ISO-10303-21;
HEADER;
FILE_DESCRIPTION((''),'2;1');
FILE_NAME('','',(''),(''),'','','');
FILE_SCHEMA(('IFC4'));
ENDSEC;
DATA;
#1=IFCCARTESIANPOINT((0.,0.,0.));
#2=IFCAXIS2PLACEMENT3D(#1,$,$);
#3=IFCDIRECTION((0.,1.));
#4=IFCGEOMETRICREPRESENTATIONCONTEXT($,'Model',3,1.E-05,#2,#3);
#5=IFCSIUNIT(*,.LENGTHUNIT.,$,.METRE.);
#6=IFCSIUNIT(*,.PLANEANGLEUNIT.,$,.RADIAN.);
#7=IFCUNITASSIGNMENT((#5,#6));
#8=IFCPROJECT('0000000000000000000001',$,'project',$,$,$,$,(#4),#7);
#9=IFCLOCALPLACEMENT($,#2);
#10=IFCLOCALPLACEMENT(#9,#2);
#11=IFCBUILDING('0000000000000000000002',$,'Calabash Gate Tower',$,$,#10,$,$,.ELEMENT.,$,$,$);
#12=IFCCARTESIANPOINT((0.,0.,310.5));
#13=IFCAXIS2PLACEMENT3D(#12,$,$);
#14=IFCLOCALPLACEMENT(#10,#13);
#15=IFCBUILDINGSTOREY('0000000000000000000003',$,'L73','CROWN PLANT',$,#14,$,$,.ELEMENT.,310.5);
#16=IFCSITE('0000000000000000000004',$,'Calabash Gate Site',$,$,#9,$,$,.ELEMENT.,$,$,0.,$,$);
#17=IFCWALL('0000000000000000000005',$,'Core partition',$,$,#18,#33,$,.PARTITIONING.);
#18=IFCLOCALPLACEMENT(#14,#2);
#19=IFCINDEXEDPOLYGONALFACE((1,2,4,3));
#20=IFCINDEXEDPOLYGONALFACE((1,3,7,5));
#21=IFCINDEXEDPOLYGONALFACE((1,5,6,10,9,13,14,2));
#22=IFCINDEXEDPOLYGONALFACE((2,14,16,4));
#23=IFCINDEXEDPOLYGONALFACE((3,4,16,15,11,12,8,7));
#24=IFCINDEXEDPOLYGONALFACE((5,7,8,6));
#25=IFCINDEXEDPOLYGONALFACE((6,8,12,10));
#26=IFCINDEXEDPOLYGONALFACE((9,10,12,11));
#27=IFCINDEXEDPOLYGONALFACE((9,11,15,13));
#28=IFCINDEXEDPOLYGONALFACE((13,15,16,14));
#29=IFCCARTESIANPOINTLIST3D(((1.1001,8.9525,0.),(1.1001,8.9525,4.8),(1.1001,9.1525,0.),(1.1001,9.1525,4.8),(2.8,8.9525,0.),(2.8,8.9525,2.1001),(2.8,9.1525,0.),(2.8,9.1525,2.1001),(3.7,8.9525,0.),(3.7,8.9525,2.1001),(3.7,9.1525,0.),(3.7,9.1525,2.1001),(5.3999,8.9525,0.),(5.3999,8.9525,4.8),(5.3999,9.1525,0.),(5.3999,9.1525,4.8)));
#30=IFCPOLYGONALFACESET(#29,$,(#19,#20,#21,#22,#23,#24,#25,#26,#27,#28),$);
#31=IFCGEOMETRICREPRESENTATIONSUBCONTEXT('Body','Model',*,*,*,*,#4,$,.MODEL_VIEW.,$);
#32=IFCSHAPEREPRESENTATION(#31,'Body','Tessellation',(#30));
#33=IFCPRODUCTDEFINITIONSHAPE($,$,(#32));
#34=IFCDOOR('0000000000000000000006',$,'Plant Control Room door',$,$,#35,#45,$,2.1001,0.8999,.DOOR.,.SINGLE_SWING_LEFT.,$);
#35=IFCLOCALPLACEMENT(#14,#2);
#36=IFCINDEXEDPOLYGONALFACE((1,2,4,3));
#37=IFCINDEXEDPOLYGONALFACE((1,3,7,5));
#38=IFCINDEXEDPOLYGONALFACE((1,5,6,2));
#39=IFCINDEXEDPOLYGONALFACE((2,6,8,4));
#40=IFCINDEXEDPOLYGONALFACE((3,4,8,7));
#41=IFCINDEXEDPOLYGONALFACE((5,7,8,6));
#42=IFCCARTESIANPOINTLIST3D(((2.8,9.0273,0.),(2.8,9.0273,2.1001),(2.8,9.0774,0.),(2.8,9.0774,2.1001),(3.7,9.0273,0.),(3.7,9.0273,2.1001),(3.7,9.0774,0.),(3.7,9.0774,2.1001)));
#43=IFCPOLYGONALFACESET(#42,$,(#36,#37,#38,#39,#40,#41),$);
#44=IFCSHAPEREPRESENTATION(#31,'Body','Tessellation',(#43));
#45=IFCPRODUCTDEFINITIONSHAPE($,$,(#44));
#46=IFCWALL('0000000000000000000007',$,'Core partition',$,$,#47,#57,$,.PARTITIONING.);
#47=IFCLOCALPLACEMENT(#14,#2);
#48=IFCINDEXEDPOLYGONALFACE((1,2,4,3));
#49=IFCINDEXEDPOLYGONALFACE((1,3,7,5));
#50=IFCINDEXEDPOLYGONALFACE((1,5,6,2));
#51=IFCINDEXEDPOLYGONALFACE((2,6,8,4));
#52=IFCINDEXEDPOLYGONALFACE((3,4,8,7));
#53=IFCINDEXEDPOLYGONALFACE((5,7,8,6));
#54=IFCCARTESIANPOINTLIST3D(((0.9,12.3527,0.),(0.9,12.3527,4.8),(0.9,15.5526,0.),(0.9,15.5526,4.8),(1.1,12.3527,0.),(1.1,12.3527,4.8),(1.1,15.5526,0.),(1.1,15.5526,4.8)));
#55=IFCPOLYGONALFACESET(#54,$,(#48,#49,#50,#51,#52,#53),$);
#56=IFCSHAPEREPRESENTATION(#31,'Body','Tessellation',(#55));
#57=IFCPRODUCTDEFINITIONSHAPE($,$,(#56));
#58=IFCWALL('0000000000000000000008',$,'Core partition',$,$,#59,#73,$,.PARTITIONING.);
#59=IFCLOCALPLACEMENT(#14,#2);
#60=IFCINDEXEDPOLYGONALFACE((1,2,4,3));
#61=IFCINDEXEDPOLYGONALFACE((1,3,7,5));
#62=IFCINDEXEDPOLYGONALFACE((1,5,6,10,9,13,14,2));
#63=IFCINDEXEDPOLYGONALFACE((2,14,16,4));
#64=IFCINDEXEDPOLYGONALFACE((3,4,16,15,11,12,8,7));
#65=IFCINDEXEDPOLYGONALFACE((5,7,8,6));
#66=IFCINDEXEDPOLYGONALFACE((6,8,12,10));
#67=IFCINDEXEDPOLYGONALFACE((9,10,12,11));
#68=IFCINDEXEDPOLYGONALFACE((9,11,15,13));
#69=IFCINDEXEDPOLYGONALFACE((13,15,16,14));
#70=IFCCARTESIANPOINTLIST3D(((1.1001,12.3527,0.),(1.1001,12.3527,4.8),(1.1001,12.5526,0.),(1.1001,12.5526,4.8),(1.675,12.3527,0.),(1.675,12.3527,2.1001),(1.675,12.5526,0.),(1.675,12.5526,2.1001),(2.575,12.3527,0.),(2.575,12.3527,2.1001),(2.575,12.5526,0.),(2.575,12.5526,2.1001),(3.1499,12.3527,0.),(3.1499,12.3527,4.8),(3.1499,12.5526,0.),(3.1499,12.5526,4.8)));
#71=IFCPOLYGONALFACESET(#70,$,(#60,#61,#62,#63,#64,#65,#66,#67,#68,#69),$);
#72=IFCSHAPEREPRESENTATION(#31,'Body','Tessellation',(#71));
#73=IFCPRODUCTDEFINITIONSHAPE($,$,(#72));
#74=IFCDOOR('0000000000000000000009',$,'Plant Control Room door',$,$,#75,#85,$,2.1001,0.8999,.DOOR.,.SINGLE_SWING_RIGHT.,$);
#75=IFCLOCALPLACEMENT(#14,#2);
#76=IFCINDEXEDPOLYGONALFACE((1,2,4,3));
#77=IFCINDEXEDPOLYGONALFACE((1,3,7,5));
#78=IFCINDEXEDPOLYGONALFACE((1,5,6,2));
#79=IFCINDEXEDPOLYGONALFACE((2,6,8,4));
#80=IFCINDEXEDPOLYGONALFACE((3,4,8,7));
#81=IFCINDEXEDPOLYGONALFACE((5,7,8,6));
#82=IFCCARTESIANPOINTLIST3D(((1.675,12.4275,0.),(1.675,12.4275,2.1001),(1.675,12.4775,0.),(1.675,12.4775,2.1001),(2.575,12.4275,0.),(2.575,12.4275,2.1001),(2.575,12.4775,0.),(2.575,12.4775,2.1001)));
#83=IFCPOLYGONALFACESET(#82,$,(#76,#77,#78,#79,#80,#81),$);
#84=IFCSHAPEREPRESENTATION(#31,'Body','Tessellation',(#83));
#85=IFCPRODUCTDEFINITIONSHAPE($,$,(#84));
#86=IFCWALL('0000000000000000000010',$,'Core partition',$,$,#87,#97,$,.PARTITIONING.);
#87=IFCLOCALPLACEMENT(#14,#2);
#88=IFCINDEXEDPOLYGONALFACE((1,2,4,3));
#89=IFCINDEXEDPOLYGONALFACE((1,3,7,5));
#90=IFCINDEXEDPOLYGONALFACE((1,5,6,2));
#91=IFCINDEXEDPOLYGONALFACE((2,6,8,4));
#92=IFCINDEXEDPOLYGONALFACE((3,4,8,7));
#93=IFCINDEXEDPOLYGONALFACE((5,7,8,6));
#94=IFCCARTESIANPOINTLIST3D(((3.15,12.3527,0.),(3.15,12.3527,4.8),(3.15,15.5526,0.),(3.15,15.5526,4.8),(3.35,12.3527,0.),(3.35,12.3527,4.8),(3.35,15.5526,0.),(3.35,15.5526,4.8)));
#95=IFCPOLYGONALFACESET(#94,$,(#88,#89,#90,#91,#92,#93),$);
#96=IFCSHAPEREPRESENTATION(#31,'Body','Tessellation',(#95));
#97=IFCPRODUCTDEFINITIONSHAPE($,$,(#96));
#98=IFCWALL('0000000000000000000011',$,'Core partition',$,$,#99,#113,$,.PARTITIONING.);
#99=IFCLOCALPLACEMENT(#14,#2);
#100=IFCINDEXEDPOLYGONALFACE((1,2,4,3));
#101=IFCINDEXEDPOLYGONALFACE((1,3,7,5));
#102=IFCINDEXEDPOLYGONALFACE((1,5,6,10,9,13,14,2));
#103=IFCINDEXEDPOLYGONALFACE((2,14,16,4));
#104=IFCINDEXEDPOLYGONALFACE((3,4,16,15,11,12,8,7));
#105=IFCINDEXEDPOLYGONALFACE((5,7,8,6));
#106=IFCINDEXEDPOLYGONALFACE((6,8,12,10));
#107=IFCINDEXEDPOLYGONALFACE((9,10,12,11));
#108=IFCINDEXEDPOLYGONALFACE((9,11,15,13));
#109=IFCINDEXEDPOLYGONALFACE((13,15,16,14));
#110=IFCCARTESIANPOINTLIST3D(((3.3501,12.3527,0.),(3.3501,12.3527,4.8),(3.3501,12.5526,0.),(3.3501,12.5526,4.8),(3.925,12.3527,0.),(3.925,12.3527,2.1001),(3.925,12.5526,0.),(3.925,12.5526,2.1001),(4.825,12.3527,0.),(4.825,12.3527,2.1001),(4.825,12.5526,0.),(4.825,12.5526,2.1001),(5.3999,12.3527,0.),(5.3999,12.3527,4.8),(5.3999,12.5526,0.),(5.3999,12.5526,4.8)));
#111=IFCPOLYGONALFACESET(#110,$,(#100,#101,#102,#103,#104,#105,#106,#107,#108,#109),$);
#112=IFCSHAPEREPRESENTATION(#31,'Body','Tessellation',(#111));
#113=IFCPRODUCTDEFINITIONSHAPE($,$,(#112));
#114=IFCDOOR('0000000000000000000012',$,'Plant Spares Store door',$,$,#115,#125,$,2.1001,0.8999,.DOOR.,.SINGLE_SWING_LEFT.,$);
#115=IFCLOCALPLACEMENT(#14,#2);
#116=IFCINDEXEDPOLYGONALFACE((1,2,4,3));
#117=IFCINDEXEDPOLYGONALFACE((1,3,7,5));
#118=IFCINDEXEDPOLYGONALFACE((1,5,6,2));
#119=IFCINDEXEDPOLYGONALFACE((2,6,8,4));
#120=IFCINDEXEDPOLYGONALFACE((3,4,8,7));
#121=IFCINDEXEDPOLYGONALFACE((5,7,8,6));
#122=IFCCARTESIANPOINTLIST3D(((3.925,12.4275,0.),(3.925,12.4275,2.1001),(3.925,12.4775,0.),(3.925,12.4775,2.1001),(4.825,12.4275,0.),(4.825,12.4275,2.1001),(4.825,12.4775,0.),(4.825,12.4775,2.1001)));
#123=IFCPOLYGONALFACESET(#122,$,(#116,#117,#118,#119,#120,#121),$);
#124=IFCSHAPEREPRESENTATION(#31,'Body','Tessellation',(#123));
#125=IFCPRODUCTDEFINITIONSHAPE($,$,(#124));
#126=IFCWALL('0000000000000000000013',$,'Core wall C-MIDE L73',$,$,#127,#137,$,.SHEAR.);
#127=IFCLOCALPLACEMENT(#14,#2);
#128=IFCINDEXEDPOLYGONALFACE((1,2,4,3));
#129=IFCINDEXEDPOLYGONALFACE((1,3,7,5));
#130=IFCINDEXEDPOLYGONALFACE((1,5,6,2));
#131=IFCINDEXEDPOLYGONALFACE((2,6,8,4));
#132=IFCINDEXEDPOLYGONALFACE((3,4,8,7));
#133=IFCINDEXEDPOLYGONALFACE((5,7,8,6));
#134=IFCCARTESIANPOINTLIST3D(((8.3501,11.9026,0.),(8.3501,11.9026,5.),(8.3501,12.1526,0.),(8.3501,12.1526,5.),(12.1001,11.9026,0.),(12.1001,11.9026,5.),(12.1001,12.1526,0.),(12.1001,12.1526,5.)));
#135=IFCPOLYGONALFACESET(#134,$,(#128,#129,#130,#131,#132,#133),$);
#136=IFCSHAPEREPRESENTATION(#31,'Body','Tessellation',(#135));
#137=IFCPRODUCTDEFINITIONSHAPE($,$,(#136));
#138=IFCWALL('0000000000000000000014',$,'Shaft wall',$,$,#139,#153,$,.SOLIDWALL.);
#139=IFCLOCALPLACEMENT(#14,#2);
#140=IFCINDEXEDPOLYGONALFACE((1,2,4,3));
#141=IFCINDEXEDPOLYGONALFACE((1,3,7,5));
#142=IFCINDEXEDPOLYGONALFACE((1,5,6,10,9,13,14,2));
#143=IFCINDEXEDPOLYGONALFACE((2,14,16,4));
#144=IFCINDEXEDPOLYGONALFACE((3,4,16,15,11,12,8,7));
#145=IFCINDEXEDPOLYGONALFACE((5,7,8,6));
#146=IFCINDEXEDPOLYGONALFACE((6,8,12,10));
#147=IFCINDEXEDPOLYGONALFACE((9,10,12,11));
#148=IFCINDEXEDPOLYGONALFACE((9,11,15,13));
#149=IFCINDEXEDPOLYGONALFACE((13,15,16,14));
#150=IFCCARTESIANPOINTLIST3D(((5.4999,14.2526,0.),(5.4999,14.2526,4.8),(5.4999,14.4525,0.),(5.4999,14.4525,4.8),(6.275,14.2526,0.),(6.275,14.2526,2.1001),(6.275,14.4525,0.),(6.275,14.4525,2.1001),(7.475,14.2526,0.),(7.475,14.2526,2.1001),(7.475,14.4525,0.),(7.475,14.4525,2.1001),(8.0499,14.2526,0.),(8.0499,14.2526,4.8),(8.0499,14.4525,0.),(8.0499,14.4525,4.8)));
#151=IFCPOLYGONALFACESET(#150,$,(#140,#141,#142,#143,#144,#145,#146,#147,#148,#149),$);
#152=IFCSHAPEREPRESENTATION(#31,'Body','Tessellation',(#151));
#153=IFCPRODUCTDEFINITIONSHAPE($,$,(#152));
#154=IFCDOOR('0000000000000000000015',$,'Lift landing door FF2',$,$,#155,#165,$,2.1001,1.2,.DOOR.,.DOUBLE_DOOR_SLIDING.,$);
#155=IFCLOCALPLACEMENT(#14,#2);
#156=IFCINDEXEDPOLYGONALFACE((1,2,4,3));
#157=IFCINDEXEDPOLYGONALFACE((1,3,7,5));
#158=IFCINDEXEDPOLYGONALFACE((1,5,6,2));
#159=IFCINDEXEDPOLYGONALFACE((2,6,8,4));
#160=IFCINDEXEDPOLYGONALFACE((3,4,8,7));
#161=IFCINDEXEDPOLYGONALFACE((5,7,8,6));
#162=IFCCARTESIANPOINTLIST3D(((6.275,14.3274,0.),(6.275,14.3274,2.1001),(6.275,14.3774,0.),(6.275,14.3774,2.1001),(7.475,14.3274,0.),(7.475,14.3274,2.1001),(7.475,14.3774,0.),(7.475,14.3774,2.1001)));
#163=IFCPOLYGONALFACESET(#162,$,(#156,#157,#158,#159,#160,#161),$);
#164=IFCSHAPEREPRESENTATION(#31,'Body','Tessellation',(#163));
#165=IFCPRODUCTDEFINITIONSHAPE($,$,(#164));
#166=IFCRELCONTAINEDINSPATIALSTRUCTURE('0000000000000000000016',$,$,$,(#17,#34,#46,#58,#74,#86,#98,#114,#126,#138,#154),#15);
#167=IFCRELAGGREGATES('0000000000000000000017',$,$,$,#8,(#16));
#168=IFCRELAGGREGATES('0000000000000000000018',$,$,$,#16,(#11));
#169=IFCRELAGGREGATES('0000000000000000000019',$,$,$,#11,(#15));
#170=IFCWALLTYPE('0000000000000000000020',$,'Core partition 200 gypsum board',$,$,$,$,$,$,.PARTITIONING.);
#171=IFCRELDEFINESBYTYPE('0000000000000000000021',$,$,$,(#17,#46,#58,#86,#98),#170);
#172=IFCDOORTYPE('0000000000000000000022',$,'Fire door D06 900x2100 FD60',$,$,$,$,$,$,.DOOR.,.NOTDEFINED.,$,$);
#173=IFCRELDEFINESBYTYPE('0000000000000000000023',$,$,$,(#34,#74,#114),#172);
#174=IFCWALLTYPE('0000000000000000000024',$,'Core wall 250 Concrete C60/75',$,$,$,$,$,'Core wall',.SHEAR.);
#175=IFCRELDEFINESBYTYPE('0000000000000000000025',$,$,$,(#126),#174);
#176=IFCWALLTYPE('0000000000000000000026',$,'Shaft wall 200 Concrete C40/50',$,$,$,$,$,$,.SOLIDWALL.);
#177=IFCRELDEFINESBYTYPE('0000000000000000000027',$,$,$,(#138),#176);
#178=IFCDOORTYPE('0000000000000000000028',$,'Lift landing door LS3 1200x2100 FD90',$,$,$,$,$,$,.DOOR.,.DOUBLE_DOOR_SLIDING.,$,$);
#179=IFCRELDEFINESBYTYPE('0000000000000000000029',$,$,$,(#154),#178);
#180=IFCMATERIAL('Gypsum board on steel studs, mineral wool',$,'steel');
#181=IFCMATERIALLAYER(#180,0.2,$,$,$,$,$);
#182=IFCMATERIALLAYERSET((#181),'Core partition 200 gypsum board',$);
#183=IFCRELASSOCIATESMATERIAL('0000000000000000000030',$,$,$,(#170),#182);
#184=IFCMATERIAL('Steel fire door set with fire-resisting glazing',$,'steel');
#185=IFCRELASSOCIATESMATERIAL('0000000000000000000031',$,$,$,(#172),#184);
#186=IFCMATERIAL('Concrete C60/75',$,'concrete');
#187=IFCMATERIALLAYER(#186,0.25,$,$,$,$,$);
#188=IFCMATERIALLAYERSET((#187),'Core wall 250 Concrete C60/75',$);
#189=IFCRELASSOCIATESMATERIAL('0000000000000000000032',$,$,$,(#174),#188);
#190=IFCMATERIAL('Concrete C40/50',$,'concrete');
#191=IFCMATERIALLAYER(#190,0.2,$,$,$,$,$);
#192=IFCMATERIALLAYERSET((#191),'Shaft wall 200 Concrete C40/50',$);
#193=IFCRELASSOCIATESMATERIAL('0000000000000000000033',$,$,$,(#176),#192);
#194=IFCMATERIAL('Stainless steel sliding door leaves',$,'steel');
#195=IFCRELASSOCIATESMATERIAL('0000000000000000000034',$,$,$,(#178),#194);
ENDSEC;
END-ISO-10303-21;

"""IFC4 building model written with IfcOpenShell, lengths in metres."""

from ifc_helpers import new_model, si_unit, direction, frame, frame_2d, origin, place, context, subcontext, project, spatial, rectangle, extrude, material, layer, layer_set, type_object, element, fill, save


model = new_model("IFC4")

# Units and contexts
model_context = context("Model", 3, precision=1e-05, world=origin(), true_north=direction((0.0, 1.0)))
body_context = subcontext(model_context, "Body", "Model", "MODEL_VIEW")
ifc_project = project(units=[si_unit("LENGTHUNIT", "METRE"), si_unit("PLANEANGLEUNIT", "RADIAN")], contexts=[model_context])

# Site, building, storey
site_placement = place(None, origin())
site = spatial("IfcSite", under=ifc_project, at=site_placement, Name="Calabash Gate Site", CompositionType="ELEMENT", RefElevation=0.0)
building_placement = place(site_placement, origin())
building = spatial("IfcBuilding", under=site, at=building_placement, Name="Calabash Gate Tower", CompositionType="ELEMENT")
storey_placement = place(building_placement, frame((0.0, 0.0, 310.5)))
storey = spatial("IfcBuildingStorey", under=building, at=storey_placement, Name="L73", Description="CROWN PLANT", CompositionType="ELEMENT", Elevation=310.5)

# Wall, opening, door
ifc_material_1 = material(Name="Gypsum board on steel studs, mineral wool", Category="steel")
ifc_layer_1 = layer(ifc_material_1, 0.2)
ifc_layer_set_1 = layer_set([ifc_layer_1], Name="Core partition 200 gypsum board")
wall_type_1 = type_object("IfcWallType", Name="Core partition 200 gypsum board", PredefinedType="PARTITIONING", material=ifc_layer_set_1)
wall_1_placement = place(storey_placement, frame((1.1001, 9.0525, 0.0), z_axis=(0.0, 0.0, 1.0), x_axis=(1.0, 0.0, 0.0)))
wall_1 = element("IfcWall", 1, at=wall_1_placement, inside=storey, type_object=wall_type_1, Name="Core partition", PredefinedType="PARTITIONING", context=body_context, shape_type="SweptSolid", body=[
    extrude(rectangle(XDim=4.2998, YDim=0.2, at=frame_2d((2.1499, 0.0))), origin(), (0.0, 0.0, 1.0), 4.8),
])
opening_1_placement = place(wall_1_placement, frame((1.7, 0.0, 0.0)))
opening_1 = element("IfcOpeningElement", 2, at=opening_1_placement, cuts=wall_1, PredefinedType="OPENING", context=body_context, shape_type="SweptSolid", body=[
    extrude(rectangle(XDim=0.8999, YDim=2.1001, at=frame_2d((0.45, 1.05))), frame((0.0, 0.1099, 0.0), z_axis=(0.0, -1.0, 0.0), x_axis=(1.0, 0.0, 0.0)), (0.0, 0.0, 1.0), 0.22),
])
ifc_material_2 = material(Name="Steel fire door set with fire-resisting glazing", Category="steel")
door_type_1 = type_object("IfcDoorType", Name="Fire door D06 900x2100 FD60", OperationType="NOTDEFINED", PredefinedType="DOOR", material=ifc_material_2)
door_1_placement = place(opening_1_placement, origin())
door_1 = element("IfcDoor", 3, at=door_1_placement, inside=storey, type_object=door_type_1, Name="Plant Control Room door", OperationType="SINGLE_SWING_LEFT", OverallHeight=2.1001, OverallWidth=0.8999, PredefinedType="DOOR", context=body_context, shape_type="SweptSolid", body=[
    extrude(rectangle(XDim=0.8999, YDim=2.1001, at=frame_2d((0.45, 1.05))), frame((0.0, 0.0249, 0.0), z_axis=(0.0, -1.0, 0.0), x_axis=(1.0, 0.0, 0.0)), (0.0, 0.0, 1.0), 0.05),
])
fill(opening_1, door_1)

# Wall
wall_2_placement = place(storey_placement, frame((1.0, 12.3525, 0.0), z_axis=(0.0, 0.0, 1.0), x_axis=(0.0, 1.0, 0.0)))
element("IfcWall", 4, at=wall_2_placement, inside=storey, type_object=wall_type_1, Name="Core partition", PredefinedType="PARTITIONING", context=body_context, shape_type="SweptSolid", body=[
    extrude(rectangle(XDim=3.2, YDim=0.2, at=frame_2d((1.6001, 0.0))), origin(), (0.0, 0.0, 1.0), 4.8),
])

# Wall, opening, door
wall_3_placement = place(storey_placement, frame((1.1001, 12.4526, 0.0), z_axis=(0.0, 0.0, 1.0), x_axis=(1.0, 0.0, 0.0)))
wall_3 = element("IfcWall", 5, at=wall_3_placement, inside=storey, type_object=wall_type_1, Name="Core partition", PredefinedType="PARTITIONING", context=body_context, shape_type="SweptSolid", body=[
    extrude(rectangle(XDim=2.0498, YDim=0.2, at=frame_2d((1.0249, 0.0))), origin(), (0.0, 0.0, 1.0), 4.8),
])
opening_2_placement = place(wall_3_placement, frame((0.575, 0.0, 0.0)))
opening_2 = element("IfcOpeningElement", 6, at=opening_2_placement, cuts=wall_3, PredefinedType="OPENING", context=body_context, shape_type="SweptSolid", body=[
    extrude(rectangle(XDim=0.8999, YDim=2.1001, at=frame_2d((0.45, 1.05))), frame((0.0, 0.1099, 0.0), z_axis=(0.0, -1.0, 0.0), x_axis=(1.0, 0.0, 0.0)), (0.0, 0.0, 1.0), 0.22),
])
door_2_placement = place(opening_2_placement, origin())
door_2 = element("IfcDoor", 7, at=door_2_placement, inside=storey, type_object=door_type_1, Name="Plant Control Room door", OperationType="SINGLE_SWING_RIGHT", OverallHeight=2.1001, OverallWidth=0.8999, PredefinedType="DOOR", context=body_context, shape_type="SweptSolid", body=[
    extrude(rectangle(XDim=0.8999, YDim=2.1001, at=frame_2d((0.45, 1.05))), frame((0.0, 0.0249, 0.0), z_axis=(0.0, -1.0, 0.0), x_axis=(1.0, 0.0, 0.0)), (0.0, 0.0, 1.0), 0.05),
])
fill(opening_2, door_2)

# Wall
wall_4_placement = place(storey_placement, frame((3.25, 12.3525, 0.0), z_axis=(0.0, 0.0, 1.0), x_axis=(0.0, 1.0, 0.0)))
element("IfcWall", 8, at=wall_4_placement, inside=storey, type_object=wall_type_1, Name="Core partition", PredefinedType="PARTITIONING", context=body_context, shape_type="SweptSolid", body=[
    extrude(rectangle(XDim=3.2, YDim=0.2, at=frame_2d((1.6001, 0.0))), origin(), (0.0, 0.0, 1.0), 4.8),
])

# Wall, opening, door
wall_5_placement = place(storey_placement, frame((3.3501, 12.4526, 0.0), z_axis=(0.0, 0.0, 1.0), x_axis=(1.0, 0.0, 0.0)))
wall_5 = element("IfcWall", 9, at=wall_5_placement, inside=storey, type_object=wall_type_1, Name="Core partition", PredefinedType="PARTITIONING", context=body_context, shape_type="SweptSolid", body=[
    extrude(rectangle(XDim=2.0498, YDim=0.2, at=frame_2d((1.0249, 0.0))), origin(), (0.0, 0.0, 1.0), 4.8),
])
opening_3_placement = place(wall_5_placement, frame((0.575, 0.0, 0.0)))
opening_3 = element("IfcOpeningElement", 10, at=opening_3_placement, cuts=wall_5, PredefinedType="OPENING", context=body_context, shape_type="SweptSolid", body=[
    extrude(rectangle(XDim=0.8999, YDim=2.1001, at=frame_2d((0.45, 1.05))), frame((0.0, 0.1099, 0.0), z_axis=(0.0, -1.0, 0.0), x_axis=(1.0, 0.0, 0.0)), (0.0, 0.0, 1.0), 0.22),
])
door_3_placement = place(opening_3_placement, origin())
door_3 = element("IfcDoor", 11, at=door_3_placement, inside=storey, type_object=door_type_1, Name="Plant Spares Store door", OperationType="SINGLE_SWING_LEFT", OverallHeight=2.1001, OverallWidth=0.8999, PredefinedType="DOOR", context=body_context, shape_type="SweptSolid", body=[
    extrude(rectangle(XDim=0.8999, YDim=2.1001, at=frame_2d((0.45, 1.05))), frame((0.0, 0.0249, 0.0), z_axis=(0.0, -1.0, 0.0), x_axis=(1.0, 0.0, 0.0)), (0.0, 0.0, 1.0), 0.05),
])
fill(opening_3, door_3)

# Wall
ifc_material_3 = material(Name="Concrete C60/75", Category="concrete")
ifc_layer_2 = layer(ifc_material_3, 0.25)
ifc_layer_set_2 = layer_set([ifc_layer_2], Name="Core wall 250 Concrete C60/75")
wall_type_2 = type_object("IfcWallType", Name="Core wall 250 Concrete C60/75", ElementType="Core wall", PredefinedType="SHEAR", material=ifc_layer_set_2)
wall_6_placement = place(storey_placement, frame((8.3501, 12.0276, 0.0), z_axis=(0.0, 0.0, 1.0), x_axis=(1.0, 0.0, 0.0)))
element("IfcWall", 12, at=wall_6_placement, inside=storey, type_object=wall_type_2, Name="Core wall C-MIDE L73", PredefinedType="SHEAR", context=body_context, shape_type="SweptSolid", body=[
    extrude(rectangle(XDim=3.75, YDim=0.25, at=frame_2d((1.875, 0.0))), origin(), (0.0, 0.0, 1.0), 5.0),
])

# Wall, opening, door
ifc_material_4 = material(Name="Concrete C40/50", Category="concrete")
ifc_layer_3 = layer(ifc_material_4, 0.2)
ifc_layer_set_3 = layer_set([ifc_layer_3], Name="Shaft wall 200 Concrete C40/50")
wall_type_3 = type_object("IfcWallType", Name="Shaft wall 200 Concrete C40/50", PredefinedType="SOLIDWALL", material=ifc_layer_set_3)
wall_7_placement = place(storey_placement, frame((5.5, 14.3525, 0.0), z_axis=(0.0, 0.0, 1.0), x_axis=(1.0, 0.0, 0.0)))
wall_7 = element("IfcWall", 13, at=wall_7_placement, inside=storey, type_object=wall_type_3, Name="Shaft wall", PredefinedType="SOLIDWALL", context=body_context, shape_type="SweptSolid", body=[
    extrude(rectangle(XDim=2.55, YDim=0.2, at=frame_2d((1.2749, 0.0))), origin(), (0.0, 0.0, 1.0), 4.8),
])
opening_4_placement = place(wall_7_placement, frame((0.7749, 0.0, 0.0)))
opening_4 = element("IfcOpeningElement", 14, at=opening_4_placement, cuts=wall_7, PredefinedType="OPENING", context=body_context, shape_type="SweptSolid", body=[
    extrude(rectangle(XDim=1.2, YDim=2.1001, at=frame_2d((0.6001, 1.05))), frame((0.0, 0.1099, 0.0), z_axis=(0.0, -1.0, 0.0), x_axis=(1.0, 0.0, 0.0)), (0.0, 0.0, 1.0), 0.22),
])
ifc_material_5 = material(Name="Stainless steel sliding door leaves", Category="steel")
door_type_2 = type_object("IfcDoorType", Name="Lift landing door LS3 1200x2100 FD90", OperationType="DOUBLE_DOOR_SLIDING", PredefinedType="DOOR", material=ifc_material_5)
door_4_placement = place(opening_4_placement, origin())
door_4 = element("IfcDoor", 15, at=door_4_placement, inside=storey, type_object=door_type_2, Name="Lift landing door FF2", OperationType="DOUBLE_DOOR_SLIDING", OverallHeight=2.1001, OverallWidth=1.2, PredefinedType="DOOR", context=body_context, shape_type="SweptSolid", body=[
    extrude(rectangle(XDim=1.2, YDim=2.1001, at=frame_2d((0.6001, 1.05))), frame((0.0, 0.0249, 0.0), z_axis=(0.0, -1.0, 0.0), x_axis=(1.0, 0.0, 0.0)), (0.0, 0.0, 1.0), 0.05),
])
fill(opening_4, door_4)

save(model, "model.ifc")
